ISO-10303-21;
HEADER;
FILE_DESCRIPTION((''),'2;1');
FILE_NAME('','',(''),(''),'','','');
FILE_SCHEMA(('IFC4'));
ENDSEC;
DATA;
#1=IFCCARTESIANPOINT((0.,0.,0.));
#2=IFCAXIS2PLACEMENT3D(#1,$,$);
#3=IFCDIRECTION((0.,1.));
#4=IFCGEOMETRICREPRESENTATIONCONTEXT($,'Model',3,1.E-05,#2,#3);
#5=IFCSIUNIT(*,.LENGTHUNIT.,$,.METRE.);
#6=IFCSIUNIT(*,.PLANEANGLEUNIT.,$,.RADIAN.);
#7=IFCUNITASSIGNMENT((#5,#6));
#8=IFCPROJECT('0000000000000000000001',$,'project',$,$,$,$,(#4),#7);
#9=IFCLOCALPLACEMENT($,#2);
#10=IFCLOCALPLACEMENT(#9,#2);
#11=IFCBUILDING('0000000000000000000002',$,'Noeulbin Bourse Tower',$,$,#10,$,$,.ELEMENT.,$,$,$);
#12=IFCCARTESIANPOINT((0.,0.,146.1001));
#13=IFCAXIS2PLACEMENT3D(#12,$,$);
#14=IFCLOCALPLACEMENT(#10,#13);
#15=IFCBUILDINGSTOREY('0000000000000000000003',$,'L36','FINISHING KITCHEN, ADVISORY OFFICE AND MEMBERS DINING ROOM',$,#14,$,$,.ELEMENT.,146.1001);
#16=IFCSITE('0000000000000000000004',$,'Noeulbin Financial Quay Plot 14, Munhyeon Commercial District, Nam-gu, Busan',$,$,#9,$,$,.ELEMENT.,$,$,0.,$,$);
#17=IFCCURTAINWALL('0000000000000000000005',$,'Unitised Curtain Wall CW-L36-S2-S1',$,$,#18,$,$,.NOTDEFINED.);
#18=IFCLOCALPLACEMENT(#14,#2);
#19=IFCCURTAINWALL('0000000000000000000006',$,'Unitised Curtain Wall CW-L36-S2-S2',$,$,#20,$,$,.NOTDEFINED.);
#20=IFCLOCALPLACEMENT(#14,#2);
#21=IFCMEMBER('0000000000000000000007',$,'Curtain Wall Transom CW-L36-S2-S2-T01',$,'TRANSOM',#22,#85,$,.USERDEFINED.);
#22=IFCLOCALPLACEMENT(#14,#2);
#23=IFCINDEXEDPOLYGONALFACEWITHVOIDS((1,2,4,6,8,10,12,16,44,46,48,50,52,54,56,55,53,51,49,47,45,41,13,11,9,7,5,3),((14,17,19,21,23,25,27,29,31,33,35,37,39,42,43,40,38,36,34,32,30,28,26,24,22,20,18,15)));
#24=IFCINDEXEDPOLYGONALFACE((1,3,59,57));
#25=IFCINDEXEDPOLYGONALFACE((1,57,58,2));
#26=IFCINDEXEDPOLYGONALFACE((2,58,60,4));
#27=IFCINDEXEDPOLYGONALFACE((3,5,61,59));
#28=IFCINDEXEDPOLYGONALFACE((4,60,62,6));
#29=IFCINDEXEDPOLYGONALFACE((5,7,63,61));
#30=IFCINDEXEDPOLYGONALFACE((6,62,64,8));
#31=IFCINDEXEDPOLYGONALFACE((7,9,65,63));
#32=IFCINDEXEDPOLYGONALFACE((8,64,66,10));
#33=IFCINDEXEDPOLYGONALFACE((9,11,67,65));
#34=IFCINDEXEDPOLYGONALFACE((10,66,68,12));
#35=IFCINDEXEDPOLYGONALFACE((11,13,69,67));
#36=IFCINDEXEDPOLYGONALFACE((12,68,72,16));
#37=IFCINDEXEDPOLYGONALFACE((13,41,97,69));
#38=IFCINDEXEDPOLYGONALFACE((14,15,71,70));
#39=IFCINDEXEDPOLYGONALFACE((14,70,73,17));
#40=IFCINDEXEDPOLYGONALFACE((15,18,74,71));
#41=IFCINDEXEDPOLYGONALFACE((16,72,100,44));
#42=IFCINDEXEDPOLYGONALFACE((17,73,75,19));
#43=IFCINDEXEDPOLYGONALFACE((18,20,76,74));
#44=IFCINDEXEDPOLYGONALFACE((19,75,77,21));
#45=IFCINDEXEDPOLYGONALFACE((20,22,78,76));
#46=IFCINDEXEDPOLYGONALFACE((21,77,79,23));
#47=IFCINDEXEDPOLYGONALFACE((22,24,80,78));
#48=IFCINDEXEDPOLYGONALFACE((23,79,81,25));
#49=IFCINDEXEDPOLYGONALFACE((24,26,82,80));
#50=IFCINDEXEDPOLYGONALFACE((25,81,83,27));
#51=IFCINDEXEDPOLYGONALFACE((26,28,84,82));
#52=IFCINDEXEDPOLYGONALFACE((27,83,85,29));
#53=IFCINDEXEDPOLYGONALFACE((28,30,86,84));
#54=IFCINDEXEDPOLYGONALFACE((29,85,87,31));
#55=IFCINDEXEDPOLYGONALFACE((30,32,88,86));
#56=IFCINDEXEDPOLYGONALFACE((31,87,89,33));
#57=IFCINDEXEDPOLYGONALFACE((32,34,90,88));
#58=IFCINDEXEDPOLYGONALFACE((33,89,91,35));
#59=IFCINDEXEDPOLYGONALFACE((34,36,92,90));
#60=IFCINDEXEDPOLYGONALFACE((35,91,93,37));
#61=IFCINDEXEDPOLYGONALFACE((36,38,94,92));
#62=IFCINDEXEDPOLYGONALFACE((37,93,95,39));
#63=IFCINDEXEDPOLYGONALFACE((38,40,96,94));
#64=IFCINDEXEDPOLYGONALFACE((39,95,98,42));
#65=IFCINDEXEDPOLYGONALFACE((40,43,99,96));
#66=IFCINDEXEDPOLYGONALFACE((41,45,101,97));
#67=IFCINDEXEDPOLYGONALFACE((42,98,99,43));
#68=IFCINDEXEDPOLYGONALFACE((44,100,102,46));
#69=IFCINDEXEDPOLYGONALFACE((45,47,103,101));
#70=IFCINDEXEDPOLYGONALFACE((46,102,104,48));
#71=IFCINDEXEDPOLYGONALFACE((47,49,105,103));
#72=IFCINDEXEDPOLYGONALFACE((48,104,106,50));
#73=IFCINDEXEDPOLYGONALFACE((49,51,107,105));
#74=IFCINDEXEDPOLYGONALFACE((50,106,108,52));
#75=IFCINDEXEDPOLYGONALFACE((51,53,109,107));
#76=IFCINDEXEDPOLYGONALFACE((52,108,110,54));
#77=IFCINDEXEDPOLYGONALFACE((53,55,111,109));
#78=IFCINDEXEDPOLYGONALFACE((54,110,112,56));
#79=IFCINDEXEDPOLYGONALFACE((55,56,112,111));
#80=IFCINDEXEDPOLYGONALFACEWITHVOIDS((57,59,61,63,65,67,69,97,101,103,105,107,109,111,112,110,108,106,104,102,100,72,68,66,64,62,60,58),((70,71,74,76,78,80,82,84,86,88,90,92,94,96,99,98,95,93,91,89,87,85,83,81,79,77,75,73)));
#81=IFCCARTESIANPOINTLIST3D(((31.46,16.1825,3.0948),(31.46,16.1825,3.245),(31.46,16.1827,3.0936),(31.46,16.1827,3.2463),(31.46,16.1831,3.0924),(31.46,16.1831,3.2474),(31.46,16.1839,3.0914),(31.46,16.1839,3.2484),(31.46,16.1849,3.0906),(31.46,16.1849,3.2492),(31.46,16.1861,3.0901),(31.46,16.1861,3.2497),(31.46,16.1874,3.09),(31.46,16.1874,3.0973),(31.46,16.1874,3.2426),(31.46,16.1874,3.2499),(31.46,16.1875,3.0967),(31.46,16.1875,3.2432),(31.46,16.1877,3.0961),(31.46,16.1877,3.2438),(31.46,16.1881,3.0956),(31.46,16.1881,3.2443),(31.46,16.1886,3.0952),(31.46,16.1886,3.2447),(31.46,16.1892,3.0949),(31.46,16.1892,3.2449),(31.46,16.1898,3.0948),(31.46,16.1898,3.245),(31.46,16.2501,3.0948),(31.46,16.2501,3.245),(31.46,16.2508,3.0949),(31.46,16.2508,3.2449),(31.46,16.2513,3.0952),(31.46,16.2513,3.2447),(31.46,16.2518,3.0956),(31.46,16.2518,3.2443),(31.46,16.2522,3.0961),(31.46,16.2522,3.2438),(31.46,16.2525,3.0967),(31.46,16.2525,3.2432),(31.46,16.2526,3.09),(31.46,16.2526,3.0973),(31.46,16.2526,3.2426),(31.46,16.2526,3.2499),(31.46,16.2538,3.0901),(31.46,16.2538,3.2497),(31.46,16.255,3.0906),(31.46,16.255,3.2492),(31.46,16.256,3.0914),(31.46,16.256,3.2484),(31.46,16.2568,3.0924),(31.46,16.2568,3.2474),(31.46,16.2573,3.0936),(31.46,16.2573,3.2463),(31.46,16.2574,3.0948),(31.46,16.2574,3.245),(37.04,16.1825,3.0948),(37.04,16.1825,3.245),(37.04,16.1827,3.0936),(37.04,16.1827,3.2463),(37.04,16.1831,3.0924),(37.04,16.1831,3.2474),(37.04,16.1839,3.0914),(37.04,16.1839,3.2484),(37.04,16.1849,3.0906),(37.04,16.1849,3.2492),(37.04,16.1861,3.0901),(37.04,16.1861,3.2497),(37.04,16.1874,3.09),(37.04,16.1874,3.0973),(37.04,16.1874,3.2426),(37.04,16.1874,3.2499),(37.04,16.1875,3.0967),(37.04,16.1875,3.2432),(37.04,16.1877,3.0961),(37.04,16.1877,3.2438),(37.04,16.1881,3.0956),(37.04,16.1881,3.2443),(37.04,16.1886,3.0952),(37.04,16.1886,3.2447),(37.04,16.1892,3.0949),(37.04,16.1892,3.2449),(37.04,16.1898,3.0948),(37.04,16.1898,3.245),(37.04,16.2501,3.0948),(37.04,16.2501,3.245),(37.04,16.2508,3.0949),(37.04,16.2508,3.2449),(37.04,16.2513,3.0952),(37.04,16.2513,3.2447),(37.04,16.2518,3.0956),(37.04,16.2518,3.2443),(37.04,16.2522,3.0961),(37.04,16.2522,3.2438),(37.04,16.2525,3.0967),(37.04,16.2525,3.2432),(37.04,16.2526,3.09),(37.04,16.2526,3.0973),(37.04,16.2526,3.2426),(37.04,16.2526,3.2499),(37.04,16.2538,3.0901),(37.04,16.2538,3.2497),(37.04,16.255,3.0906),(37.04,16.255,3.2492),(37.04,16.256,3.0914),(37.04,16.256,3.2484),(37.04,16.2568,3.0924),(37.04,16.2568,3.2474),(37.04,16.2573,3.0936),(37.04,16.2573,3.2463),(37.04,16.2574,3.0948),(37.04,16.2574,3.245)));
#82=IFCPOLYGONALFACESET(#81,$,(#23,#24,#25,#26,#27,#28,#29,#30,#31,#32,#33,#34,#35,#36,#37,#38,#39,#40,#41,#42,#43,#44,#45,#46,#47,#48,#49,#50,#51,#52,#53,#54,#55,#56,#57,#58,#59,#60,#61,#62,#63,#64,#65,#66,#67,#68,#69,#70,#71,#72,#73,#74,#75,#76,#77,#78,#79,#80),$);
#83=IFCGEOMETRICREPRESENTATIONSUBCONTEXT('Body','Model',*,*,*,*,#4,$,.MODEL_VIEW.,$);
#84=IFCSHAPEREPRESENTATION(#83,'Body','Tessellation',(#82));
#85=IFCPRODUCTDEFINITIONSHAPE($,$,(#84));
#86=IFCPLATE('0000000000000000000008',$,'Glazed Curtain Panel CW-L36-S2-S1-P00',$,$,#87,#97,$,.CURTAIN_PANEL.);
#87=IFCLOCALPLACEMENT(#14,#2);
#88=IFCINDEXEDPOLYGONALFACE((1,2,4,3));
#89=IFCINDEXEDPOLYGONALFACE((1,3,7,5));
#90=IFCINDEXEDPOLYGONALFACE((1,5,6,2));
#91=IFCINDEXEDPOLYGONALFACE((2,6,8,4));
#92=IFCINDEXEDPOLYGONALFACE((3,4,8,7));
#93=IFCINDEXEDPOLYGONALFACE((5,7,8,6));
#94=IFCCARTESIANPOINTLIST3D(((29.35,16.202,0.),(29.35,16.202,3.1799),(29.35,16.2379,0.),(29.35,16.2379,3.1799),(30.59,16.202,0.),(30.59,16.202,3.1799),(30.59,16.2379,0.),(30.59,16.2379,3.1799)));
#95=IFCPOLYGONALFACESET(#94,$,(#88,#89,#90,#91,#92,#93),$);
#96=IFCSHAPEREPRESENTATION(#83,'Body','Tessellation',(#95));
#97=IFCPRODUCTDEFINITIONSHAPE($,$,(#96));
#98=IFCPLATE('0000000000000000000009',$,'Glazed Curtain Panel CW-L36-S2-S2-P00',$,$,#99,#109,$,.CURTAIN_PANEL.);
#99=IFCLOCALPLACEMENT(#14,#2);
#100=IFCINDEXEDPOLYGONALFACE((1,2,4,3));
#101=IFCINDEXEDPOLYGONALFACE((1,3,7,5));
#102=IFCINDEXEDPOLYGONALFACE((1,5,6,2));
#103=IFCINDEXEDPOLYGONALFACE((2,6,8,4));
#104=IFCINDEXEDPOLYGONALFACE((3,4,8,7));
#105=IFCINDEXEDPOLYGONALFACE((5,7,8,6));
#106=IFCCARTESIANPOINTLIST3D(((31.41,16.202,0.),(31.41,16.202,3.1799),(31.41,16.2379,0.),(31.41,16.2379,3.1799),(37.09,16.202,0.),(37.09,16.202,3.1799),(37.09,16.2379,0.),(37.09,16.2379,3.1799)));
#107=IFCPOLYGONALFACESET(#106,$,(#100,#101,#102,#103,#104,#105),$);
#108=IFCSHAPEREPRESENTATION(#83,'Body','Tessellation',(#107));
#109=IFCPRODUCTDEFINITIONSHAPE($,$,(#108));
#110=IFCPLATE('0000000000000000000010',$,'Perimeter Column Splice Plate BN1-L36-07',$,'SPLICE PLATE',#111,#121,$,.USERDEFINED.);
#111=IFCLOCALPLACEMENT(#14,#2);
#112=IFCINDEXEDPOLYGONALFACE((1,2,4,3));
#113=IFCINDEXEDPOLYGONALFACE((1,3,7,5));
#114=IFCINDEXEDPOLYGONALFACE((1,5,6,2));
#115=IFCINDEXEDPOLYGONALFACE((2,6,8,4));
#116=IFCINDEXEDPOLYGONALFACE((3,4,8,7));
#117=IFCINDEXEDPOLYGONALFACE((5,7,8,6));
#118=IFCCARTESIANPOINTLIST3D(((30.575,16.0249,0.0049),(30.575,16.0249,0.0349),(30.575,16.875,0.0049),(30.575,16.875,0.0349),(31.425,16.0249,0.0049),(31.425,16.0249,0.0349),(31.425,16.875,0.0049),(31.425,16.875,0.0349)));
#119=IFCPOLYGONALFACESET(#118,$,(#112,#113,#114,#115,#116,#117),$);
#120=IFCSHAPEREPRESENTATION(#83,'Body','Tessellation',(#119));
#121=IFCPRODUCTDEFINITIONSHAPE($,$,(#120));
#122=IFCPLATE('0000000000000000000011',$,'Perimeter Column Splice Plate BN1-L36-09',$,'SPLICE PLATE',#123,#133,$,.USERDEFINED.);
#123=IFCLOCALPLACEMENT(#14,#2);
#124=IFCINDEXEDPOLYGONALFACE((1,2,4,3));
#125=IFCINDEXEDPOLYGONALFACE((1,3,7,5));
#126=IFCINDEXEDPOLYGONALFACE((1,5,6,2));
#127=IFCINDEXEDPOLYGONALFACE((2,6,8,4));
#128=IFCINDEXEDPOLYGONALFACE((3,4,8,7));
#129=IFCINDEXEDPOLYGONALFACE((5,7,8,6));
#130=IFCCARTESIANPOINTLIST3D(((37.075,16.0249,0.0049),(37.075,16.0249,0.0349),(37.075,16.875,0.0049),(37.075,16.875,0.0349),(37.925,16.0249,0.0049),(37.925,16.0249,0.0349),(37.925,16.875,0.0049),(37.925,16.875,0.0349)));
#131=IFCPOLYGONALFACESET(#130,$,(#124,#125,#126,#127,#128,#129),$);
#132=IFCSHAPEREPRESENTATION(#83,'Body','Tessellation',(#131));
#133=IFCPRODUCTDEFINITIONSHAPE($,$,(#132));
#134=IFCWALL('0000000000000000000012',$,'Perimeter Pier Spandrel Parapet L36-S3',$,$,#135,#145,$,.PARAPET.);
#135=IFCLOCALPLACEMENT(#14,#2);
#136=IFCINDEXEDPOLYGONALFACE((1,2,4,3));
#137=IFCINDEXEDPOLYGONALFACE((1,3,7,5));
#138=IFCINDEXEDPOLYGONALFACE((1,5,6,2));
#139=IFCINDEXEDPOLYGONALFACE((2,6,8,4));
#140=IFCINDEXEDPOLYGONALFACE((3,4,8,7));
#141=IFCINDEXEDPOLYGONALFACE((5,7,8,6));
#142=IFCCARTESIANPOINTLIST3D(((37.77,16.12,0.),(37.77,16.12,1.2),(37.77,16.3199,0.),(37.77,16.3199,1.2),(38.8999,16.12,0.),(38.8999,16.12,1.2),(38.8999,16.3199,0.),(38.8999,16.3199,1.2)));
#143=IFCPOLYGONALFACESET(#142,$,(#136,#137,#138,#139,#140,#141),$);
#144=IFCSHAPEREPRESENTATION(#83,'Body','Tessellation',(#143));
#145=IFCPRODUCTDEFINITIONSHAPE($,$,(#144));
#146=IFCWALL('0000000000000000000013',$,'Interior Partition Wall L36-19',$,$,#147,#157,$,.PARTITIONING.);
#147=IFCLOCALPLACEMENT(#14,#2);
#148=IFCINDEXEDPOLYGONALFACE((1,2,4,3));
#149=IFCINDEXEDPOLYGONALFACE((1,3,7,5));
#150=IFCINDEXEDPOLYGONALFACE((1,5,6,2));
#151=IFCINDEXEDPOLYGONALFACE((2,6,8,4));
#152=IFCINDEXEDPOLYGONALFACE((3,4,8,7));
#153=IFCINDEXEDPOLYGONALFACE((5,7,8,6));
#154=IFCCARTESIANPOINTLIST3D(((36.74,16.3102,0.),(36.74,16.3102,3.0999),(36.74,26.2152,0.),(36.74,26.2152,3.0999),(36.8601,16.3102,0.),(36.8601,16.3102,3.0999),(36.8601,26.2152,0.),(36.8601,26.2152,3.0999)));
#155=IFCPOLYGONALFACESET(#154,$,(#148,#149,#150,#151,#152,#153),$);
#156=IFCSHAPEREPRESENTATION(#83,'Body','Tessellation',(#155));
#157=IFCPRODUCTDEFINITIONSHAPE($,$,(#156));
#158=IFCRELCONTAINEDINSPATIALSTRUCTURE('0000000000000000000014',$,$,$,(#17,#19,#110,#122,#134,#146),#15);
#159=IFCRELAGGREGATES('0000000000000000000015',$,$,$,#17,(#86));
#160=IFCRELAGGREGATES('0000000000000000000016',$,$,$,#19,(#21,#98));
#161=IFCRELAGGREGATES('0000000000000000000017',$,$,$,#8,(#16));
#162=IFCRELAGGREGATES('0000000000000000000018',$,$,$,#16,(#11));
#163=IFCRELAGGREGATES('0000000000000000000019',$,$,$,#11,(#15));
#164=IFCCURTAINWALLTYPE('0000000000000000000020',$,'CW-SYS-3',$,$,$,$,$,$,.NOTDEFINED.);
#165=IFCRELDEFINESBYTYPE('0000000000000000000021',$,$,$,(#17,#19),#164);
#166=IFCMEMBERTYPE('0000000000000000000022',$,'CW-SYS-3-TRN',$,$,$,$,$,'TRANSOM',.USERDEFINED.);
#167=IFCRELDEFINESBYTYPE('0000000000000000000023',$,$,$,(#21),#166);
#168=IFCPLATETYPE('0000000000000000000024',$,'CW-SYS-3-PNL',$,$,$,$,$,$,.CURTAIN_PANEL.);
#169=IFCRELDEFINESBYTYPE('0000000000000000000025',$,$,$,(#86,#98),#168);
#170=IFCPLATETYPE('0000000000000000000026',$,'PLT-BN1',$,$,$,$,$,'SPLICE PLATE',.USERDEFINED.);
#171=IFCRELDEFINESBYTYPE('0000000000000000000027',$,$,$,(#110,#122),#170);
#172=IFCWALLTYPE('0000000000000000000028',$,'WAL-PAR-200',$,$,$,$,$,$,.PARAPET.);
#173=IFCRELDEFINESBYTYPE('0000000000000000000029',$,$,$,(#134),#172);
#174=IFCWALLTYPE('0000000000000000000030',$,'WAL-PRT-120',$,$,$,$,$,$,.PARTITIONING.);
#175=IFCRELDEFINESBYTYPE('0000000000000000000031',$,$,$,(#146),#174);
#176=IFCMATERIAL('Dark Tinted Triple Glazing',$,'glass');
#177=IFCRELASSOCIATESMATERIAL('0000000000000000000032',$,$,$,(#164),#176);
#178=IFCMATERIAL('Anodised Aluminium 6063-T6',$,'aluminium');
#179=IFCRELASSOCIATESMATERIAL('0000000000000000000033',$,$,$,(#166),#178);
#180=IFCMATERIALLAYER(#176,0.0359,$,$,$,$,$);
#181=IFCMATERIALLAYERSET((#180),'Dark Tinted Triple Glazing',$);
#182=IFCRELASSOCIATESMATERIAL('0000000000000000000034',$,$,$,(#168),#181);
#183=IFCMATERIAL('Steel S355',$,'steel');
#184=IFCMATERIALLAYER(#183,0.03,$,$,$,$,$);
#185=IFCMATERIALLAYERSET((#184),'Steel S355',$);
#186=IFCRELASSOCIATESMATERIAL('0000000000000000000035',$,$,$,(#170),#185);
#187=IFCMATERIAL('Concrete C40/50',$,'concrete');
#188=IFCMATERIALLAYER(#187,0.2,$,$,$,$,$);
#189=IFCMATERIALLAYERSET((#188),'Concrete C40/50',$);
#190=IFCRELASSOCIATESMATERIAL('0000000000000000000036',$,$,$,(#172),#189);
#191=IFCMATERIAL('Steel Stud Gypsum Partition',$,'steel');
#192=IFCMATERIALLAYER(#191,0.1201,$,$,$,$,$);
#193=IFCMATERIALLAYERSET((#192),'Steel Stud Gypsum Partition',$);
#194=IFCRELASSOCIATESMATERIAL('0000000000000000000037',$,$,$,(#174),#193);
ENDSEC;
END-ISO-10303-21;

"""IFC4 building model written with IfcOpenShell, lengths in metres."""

from ifc_helpers import new_model, si_unit, direction, frame, frame_2d, origin, origin_2d, place, context, subcontext, project, spatial, rectangle, hollow_rectangle, extrude, material, layer, layer_set, material_profile, profile_set, type_object, element, aggregate, save


model = new_model("IFC4")

# Units and contexts
model_context = context("Model", 3, precision=1e-05, world=origin(), true_north=direction((0.0, 1.0)))
body_context = subcontext(model_context, "Body", "Model", "MODEL_VIEW")
ifc_project = project(units=[si_unit("LENGTHUNIT", "METRE"), si_unit("PLANEANGLEUNIT", "RADIAN")], contexts=[model_context])

# Site, building, storey
site_placement = place(None, origin())
site = spatial("IfcSite", under=ifc_project, at=site_placement, Name="Noeulbin Financial Quay Plot 14, Munhyeon Commercial District, Nam-gu, Busan", CompositionType="ELEMENT", RefElevation=0.0)
building_placement = place(site_placement, origin())
building = spatial("IfcBuilding", under=site, at=building_placement, Name="Noeulbin Bourse Tower", CompositionType="ELEMENT")
storey_placement = place(building_placement, frame((0.0, 0.0, 146.1001)))
storey = spatial("IfcBuildingStorey", under=building, at=storey_placement, Name="L36", Description="FINISHING KITCHEN, ADVISORY OFFICE AND MEMBERS DINING ROOM", CompositionType="ELEMENT", Elevation=146.1001)

# Shared definitions
ifc_material_1 = material(Name="Steel S355", Category="steel")

# Curtain walls
ifc_material_2 = material(Name="Dark Tinted Triple Glazing", Category="glass")
curtain_wall_type = type_object("IfcCurtainWallType", Name="CW-SYS-3", PredefinedType="NOTDEFINED", material=ifc_material_2)
curtain_wall_1_placement = place(storey_placement, origin())
curtain_wall_1 = element("IfcCurtainWall", 1, at=curtain_wall_1_placement, inside=storey, type_object=curtain_wall_type, Name="Unitised Curtain Wall CW-L36-S2-S1", PredefinedType="NOTDEFINED")
ifc_material_3 = material(Name="Anodised Aluminium 6063-T6", Category="aluminium")
curtain_wall_2_placement = place(storey_placement, origin())
curtain_wall_2 = element("IfcCurtainWall", 2, at=curtain_wall_2_placement, inside=storey, type_object=curtain_wall_type, Name="Unitised Curtain Wall CW-L36-S2-S2", PredefinedType="NOTDEFINED")

# Member
ifc_material_profile_1 = material_profile(ifc_material_3, hollow_rectangle(XDim=0.075, YDim=0.1599, WallThickness=0.0049, InnerFilletRadius=0.0024, OuterFilletRadius=0.0049, at=origin_2d()), Name="ALU-TRAN-75x160x5", Category="LoadBearing")
ifc_profile_set_1 = profile_set([ifc_material_profile_1], Name="Anodised Aluminium 6063-T6")
member_type_1 = type_object("IfcMemberType", Name="CW-SYS-3-TRN", ElementType="TRANSOM", PredefinedType="USERDEFINED", material=ifc_profile_set_1)
member_1_placement = place(storey_placement, frame((31.46, 16.22, 3.1699), z_axis=(1.0, 0.0, 0.0), x_axis=(0.0, 1.0, 0.0)))
member_1 = element("IfcMember", 3, at=member_1_placement, type_object=member_type_1, Name="Curtain Wall Transom CW-L36-S2-S2-T01", ObjectType="TRANSOM", PredefinedType="USERDEFINED", context=body_context, shape_type="SweptSolid", body=[
    extrude(hollow_rectangle(XDim=0.075, YDim=0.1599, WallThickness=0.0049, InnerFilletRadius=0.0024, OuterFilletRadius=0.0049, at=origin_2d()), origin(), (0.0, 0.0, 1.0), 5.5801),
])

# Plates
ifc_layer_1 = layer(ifc_material_2, 0.0359)
ifc_layer_set_1 = layer_set([ifc_layer_1], Name="Dark Tinted Triple Glazing")
plate_type_1 = type_object("IfcPlateType", Name="CW-SYS-3-PNL", PredefinedType="CURTAIN_PANEL", material=ifc_layer_set_1)
plate_1_placement = place(storey_placement, frame((29.97, 16.22, 0.0), z_axis=(0.0, 0.0, 1.0), x_axis=(1.0, 0.0, 0.0)))
plate_1 = element("IfcPlate", 4, at=plate_1_placement, type_object=plate_type_1, Name="Glazed Curtain Panel CW-L36-S2-S1-P00", PredefinedType="CURTAIN_PANEL", context=body_context, shape_type="SweptSolid", body=[
    extrude(rectangle(XDim=1.24, YDim=0.0359, at=origin_2d()), origin(), (0.0, 0.0, 1.0), 3.1799),
])
aggregate(curtain_wall_1, [plate_1])
plate_2_placement = place(storey_placement, frame((34.25, 16.22, 0.0), z_axis=(0.0, 0.0, 1.0), x_axis=(1.0, 0.0, 0.0)))
plate_2 = element("IfcPlate", 5, at=plate_2_placement, type_object=plate_type_1, Name="Glazed Curtain Panel CW-L36-S2-S2-P00", PredefinedType="CURTAIN_PANEL", context=body_context, shape_type="SweptSolid", body=[
    extrude(rectangle(XDim=5.6799, YDim=0.0359, at=origin_2d()), origin(), (0.0, 0.0, 1.0), 3.1799),
])
aggregate(curtain_wall_2, [member_1, plate_2])

# Plates
ifc_layer_2 = layer(ifc_material_1, 0.03)
ifc_layer_set_2 = layer_set([ifc_layer_2], Name="Steel S355")
plate_type_2 = type_object("IfcPlateType", Name="PLT-BN1", ElementType="SPLICE PLATE", PredefinedType="USERDEFINED", material=ifc_layer_set_2)
for number, where, z_axis, x_axis, name in (
    (6, (31.0, 16.45, 0.0049), (0.0, 0.0, 1.0), (1.0, 0.0, 0.0), "Perimeter Column Splice Plate BN1-L36-07"),
    (7, (37.5, 16.45, 0.0049), (0.0, 0.0, 1.0), (1.0, 0.0, 0.0), "Perimeter Column Splice Plate BN1-L36-09"),
):
    element("IfcPlate", number, at=place(storey_placement, frame(where, z_axis=z_axis, x_axis=x_axis)), inside=storey, type_object=plate_type_2, Name=name, ObjectType="SPLICE PLATE", PredefinedType="USERDEFINED", context=body_context, shape_type="SweptSolid", body=[
        extrude(rectangle(XDim=0.8501, YDim=0.8501, at=origin_2d()), origin(), (0.0, 0.0, 1.0), 0.03),
    ])

# Walls
ifc_material_4 = material(Name="Concrete C40/50", Category="concrete")
ifc_layer_3 = layer(ifc_material_4, 0.2)
ifc_layer_set_3 = layer_set([ifc_layer_3], Name="Concrete C40/50")
wall_type_1 = type_object("IfcWallType", Name="WAL-PAR-200", PredefinedType="PARAPET", material=ifc_layer_set_3)
wall_1_placement = place(storey_placement, frame((37.77, 16.22, 0.0), z_axis=(0.0, 0.0, 1.0), x_axis=(1.0, 0.0, 0.0)))
element("IfcWall", 8, at=wall_1_placement, inside=storey, type_object=wall_type_1, Name="Perimeter Pier Spandrel Parapet L36-S3", PredefinedType="PARAPET", context=body_context, shape_type="SweptSolid", body=[
    extrude(rectangle(XDim=1.1299, YDim=0.2, at=frame_2d((0.5649, 0.0))), origin(), (0.0, 0.0, 1.0), 1.2),
])
ifc_material_5 = material(Name="Steel Stud Gypsum Partition", Category="steel")
ifc_layer_4 = layer(ifc_material_5, 0.1201)
ifc_layer_set_4 = layer_set([ifc_layer_4], Name="Steel Stud Gypsum Partition")
wall_type_2 = type_object("IfcWallType", Name="WAL-PRT-120", PredefinedType="PARTITIONING", material=ifc_layer_set_4)
wall_2_placement = place(storey_placement, frame((36.8, 16.3101, 0.0), z_axis=(0.0, 0.0, 1.0), x_axis=(0.0, 1.0, 0.0)))
element("IfcWall", 9, at=wall_2_placement, inside=storey, type_object=wall_type_2, Name="Interior Partition Wall L36-19", PredefinedType="PARTITIONING", context=body_context, shape_type="SweptSolid", body=[
    extrude(rectangle(XDim=9.905, YDim=0.1201, at=frame_2d((4.9526, 0.0))), origin(), (0.0, 0.0, 1.0), 3.0999),
])

save(model, "model.ifc")
